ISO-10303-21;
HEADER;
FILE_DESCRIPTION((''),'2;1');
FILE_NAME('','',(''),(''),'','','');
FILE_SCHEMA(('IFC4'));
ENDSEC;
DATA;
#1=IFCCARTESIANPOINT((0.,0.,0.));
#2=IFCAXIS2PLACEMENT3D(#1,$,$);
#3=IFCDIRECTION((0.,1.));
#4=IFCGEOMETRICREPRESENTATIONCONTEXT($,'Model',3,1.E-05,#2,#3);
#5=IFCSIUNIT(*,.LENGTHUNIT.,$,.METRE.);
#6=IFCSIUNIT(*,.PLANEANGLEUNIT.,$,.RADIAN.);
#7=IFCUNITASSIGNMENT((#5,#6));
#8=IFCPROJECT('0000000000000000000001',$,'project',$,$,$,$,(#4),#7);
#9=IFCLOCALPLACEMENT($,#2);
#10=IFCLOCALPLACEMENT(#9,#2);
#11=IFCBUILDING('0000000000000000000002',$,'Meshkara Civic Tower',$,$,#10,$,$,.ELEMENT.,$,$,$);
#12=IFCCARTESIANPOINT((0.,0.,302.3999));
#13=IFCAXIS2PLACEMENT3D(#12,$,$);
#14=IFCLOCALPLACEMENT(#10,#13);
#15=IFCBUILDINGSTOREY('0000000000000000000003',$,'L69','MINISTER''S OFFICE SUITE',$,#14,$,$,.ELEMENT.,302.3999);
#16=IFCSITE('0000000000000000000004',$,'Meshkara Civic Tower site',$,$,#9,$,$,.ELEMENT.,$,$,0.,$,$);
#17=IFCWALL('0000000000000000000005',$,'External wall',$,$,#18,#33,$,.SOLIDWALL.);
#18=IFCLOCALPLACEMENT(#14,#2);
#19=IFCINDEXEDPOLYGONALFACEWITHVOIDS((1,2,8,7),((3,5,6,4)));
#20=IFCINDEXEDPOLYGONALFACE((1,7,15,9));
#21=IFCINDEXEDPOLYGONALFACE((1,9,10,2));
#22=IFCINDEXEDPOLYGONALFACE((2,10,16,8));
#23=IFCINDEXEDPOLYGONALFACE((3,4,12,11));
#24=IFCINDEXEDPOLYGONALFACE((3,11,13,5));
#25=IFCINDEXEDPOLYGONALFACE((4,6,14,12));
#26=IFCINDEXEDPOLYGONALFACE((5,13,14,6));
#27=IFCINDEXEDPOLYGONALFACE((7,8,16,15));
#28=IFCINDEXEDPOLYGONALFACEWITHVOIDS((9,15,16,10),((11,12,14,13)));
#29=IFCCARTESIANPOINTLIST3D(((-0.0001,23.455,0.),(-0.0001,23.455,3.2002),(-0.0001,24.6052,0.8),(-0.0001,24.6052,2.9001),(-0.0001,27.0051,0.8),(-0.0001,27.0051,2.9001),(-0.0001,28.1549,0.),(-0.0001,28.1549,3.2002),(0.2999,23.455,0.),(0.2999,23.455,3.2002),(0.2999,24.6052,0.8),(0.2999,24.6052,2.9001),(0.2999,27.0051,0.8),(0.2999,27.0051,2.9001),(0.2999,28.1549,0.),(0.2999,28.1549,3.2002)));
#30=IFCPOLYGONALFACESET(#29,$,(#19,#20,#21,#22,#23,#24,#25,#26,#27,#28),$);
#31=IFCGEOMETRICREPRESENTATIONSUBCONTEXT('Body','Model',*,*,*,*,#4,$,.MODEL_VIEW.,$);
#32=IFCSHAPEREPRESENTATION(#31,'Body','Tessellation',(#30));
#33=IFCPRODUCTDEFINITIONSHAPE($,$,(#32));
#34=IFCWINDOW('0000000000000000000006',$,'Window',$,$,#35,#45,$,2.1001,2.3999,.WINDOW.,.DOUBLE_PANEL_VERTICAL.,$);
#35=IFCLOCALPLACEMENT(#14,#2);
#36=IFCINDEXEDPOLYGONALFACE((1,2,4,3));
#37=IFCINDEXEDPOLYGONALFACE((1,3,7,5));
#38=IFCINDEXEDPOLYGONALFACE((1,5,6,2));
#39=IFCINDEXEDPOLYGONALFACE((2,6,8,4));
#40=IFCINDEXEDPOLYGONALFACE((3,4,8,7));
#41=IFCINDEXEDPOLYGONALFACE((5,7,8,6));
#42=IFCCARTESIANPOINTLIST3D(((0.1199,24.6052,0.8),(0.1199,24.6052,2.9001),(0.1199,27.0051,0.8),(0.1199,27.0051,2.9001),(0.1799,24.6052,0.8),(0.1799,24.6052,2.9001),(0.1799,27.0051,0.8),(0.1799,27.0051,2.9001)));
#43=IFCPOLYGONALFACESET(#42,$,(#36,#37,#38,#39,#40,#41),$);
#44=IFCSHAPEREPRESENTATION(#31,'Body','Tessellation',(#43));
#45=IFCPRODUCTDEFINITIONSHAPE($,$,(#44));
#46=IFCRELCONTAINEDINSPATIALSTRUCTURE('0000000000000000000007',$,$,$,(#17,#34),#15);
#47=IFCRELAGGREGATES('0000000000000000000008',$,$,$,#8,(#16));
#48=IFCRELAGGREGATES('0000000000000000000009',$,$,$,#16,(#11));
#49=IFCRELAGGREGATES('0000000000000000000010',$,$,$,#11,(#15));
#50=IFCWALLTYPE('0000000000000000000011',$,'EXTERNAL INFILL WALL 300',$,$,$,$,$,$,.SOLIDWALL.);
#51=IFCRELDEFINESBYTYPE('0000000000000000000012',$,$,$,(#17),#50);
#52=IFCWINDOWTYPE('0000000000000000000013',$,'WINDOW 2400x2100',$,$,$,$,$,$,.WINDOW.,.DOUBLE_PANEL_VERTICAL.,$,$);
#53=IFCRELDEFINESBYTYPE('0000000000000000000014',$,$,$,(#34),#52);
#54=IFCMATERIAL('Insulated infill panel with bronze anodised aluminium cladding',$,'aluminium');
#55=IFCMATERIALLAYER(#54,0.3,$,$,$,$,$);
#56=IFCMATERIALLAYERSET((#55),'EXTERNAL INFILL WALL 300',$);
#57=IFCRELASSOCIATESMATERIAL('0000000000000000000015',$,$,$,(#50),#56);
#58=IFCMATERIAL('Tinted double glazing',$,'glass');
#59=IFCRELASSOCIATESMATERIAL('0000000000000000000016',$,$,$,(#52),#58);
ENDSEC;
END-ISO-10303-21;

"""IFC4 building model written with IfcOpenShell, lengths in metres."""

from ifc_helpers import new_model, si_unit, direction, frame, frame_2d, origin, place, context, subcontext, project, spatial, rectangle, extrude, material, layer, layer_set, type_object, element, fill, save


model = new_model("IFC4")

# Units and contexts
model_context = context("Model", 3, precision=1e-05, world=origin(), true_north=direction((0.0, 1.0)))
body_context = subcontext(model_context, "Body", "Model", "MODEL_VIEW")
ifc_project = project(units=[si_unit("LENGTHUNIT", "METRE"), si_unit("PLANEANGLEUNIT", "RADIAN")], contexts=[model_context])

# Site, building, storey
site_placement = place(None, origin())
site = spatial("IfcSite", under=ifc_project, at=site_placement, Name="Meshkara Civic Tower site", CompositionType="ELEMENT", RefElevation=0.0)
building_placement = place(site_placement, origin())
building = spatial("IfcBuilding", under=site, at=building_placement, Name="Meshkara Civic Tower", CompositionType="ELEMENT")
storey_placement = place(building_placement, frame((0.0, 0.0, 302.3999)))
storey = spatial("IfcBuildingStorey", under=building, at=storey_placement, Name="L69", Description="MINISTER'S OFFICE SUITE", CompositionType="ELEMENT", Elevation=302.3999)

# Wall, opening, window
ifc_material_1 = material(Name="Insulated infill panel with bronze anodised aluminium cladding", Category="aluminium")
ifc_layer_1 = layer(ifc_material_1, 0.3)
ifc_layer_set_1 = layer_set([ifc_layer_1], Name="EXTERNAL INFILL WALL 300")
wall_type_1 = type_object("IfcWallType", Name="EXTERNAL INFILL WALL 300", PredefinedType="SOLIDWALL", material=ifc_layer_set_1)
ifc_material_2 = material(Name="Tinted double glazing", Category="glass")
window_type = type_object("IfcWindowType", Name="WINDOW 2400x2100", PartitioningType="DOUBLE_PANEL_VERTICAL", PredefinedType="WINDOW", material=ifc_material_2)
wall_1_placement = place(storey_placement, frame((0.1499, 28.155, 0.0), z_axis=(0.0, 0.0, 1.0), x_axis=(0.0, -1.0, 0.0)))
wall_1 = element("IfcWall", 1, at=wall_1_placement, inside=storey, type_object=wall_type_1, Name="External wall", PredefinedType="SOLIDWALL", context=body_context, shape_type="SweptSolid", body=[
    extrude(rectangle(XDim=4.7, YDim=0.3, at=frame_2d((2.3501, 0.0))), origin(), (0.0, 0.0, 1.0), 3.2002),
])
opening_1_placement = place(wall_1_placement, frame((1.1499, 0.0, 0.8)))
opening_1 = element("IfcOpeningElement", 2, at=opening_1_placement, cuts=wall_1, PredefinedType="OPENING", context=body_context, shape_type="SweptSolid", body=[
    extrude(rectangle(XDim=2.3999, YDim=2.1001, at=frame_2d((1.2, 1.05))), frame((0.0, 0.1599, 0.0), z_axis=(0.0, -1.0, 0.0), x_axis=(1.0, 0.0, 0.0)), (0.0, 0.0, 1.0), 0.3201),
])
window_1_placement = place(opening_1_placement, origin())
window_1 = element("IfcWindow", 3, at=window_1_placement, inside=storey, type_object=window_type, Name="Window", OverallHeight=2.1001, OverallWidth=2.3999, PartitioningType="DOUBLE_PANEL_VERTICAL", PredefinedType="WINDOW", context=body_context, shape_type="SweptSolid", body=[
    extrude(rectangle(XDim=2.3999, YDim=2.1001, at=frame_2d((1.2, 1.05))), frame((0.0, 0.03, 0.0), z_axis=(0.0, -1.0, 0.0), x_axis=(1.0, 0.0, 0.0)), (0.0, 0.0, 1.0), 0.0601),
])
fill(opening_1, window_1)

save(model, "model.ifc")
